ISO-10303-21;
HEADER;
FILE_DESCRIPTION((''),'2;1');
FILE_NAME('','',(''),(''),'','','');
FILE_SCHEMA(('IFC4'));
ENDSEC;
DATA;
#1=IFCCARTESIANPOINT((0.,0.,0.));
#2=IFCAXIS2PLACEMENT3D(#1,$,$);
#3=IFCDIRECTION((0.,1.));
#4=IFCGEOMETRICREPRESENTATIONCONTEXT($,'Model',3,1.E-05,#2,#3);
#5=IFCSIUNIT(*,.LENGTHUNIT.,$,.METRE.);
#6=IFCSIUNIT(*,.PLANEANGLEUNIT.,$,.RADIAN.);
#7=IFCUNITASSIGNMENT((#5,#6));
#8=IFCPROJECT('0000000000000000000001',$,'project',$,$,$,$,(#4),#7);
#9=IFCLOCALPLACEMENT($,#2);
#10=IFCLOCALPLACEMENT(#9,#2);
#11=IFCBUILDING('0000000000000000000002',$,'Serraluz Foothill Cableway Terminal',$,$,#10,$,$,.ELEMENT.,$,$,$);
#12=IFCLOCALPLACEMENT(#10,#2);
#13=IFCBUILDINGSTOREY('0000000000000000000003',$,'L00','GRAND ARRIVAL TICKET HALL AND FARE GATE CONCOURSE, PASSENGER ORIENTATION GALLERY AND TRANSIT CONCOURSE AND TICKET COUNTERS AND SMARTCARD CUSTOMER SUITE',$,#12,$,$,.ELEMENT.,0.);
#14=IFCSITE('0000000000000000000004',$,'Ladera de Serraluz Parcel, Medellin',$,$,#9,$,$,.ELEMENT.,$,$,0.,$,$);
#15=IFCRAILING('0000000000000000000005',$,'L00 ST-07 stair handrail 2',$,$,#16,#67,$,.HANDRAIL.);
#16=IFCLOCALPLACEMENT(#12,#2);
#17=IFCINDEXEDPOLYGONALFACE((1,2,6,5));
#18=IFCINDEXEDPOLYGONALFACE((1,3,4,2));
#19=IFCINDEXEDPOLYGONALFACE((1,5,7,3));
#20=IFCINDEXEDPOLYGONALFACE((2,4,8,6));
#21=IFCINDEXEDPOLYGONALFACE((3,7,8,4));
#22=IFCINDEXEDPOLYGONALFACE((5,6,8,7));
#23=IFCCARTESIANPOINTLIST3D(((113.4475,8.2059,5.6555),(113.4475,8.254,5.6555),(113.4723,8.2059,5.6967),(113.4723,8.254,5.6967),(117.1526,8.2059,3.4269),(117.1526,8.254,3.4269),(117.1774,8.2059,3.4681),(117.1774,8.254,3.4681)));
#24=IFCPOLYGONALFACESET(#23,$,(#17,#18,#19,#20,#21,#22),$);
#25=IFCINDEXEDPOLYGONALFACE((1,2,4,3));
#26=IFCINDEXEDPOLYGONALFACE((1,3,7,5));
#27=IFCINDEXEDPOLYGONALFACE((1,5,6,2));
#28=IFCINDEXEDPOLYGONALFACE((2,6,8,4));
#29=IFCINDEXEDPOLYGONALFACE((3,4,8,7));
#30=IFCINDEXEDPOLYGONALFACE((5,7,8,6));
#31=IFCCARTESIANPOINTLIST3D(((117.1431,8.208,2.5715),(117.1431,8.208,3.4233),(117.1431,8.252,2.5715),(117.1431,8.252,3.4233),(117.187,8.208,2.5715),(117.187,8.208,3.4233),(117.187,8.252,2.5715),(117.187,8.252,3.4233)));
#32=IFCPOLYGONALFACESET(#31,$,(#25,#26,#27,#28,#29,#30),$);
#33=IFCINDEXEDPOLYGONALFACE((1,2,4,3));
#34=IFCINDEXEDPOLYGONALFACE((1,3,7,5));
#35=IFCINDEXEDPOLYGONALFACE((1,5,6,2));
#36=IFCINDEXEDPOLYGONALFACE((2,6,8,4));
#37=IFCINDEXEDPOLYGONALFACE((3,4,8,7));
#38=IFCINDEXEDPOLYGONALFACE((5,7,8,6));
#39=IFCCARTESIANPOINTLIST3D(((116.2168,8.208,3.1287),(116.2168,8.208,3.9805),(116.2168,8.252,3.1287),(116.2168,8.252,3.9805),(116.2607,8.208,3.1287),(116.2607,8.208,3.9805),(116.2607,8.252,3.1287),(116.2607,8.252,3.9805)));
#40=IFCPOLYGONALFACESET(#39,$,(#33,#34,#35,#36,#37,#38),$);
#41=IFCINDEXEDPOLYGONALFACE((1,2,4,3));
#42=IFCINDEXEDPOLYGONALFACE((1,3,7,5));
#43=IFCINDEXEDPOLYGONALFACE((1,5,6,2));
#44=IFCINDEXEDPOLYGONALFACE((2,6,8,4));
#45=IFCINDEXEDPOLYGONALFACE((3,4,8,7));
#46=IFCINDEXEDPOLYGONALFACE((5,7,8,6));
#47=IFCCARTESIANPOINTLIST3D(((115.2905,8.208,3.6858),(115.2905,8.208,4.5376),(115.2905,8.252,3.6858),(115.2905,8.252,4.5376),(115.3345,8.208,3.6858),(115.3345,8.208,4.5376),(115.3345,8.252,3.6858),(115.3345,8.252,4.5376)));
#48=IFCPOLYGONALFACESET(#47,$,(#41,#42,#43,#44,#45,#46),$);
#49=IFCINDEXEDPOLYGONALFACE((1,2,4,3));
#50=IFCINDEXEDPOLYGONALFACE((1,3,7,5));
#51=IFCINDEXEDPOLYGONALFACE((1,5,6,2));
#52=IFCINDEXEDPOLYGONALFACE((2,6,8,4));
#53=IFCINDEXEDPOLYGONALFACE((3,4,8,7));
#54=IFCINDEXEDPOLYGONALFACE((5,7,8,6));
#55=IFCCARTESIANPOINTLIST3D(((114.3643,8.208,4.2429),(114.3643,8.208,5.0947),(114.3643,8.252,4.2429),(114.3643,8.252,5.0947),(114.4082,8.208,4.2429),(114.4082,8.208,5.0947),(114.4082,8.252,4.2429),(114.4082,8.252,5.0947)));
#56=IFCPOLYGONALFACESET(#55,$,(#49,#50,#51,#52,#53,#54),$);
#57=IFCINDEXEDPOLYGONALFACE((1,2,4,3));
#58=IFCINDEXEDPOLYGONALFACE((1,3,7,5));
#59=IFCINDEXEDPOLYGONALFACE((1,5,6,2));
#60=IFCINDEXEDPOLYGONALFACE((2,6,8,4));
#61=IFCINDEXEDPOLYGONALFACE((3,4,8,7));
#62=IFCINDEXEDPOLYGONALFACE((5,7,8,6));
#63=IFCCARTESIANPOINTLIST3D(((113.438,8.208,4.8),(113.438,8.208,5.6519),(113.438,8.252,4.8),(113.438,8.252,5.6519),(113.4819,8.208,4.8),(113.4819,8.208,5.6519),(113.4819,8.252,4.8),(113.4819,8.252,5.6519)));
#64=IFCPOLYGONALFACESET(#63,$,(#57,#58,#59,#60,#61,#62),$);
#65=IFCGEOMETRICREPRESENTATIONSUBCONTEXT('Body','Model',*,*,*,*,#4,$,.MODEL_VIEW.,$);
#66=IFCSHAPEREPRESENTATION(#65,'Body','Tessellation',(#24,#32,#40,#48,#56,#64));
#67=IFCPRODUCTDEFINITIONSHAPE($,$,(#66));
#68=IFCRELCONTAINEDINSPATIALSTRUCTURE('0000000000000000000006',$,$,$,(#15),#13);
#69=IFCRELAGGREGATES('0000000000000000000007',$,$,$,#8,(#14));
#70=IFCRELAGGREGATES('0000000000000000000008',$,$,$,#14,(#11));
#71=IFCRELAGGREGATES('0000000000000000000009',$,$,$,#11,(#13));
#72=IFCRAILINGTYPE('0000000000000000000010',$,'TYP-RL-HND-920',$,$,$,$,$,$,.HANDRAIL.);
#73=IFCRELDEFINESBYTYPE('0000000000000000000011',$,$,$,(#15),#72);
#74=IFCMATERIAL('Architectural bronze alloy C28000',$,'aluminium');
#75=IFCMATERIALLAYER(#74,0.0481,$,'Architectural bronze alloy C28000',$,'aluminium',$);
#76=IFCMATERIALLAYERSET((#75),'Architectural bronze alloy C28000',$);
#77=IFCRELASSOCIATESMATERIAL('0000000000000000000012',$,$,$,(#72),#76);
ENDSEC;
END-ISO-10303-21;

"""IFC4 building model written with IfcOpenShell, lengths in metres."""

from ifc_helpers import new_model, si_unit, direction, frame, origin, origin_2d, place, context, subcontext, project, spatial, rectangle, extrude, material, layer, layer_set, type_object, element, save


model = new_model("IFC4")

# Units and contexts
model_context = context("Model", 3, precision=1e-05, world=origin(), true_north=direction((0.0, 1.0)))
body_context = subcontext(model_context, "Body", "Model", "MODEL_VIEW")
ifc_project = project(units=[si_unit("LENGTHUNIT", "METRE"), si_unit("PLANEANGLEUNIT", "RADIAN")], contexts=[model_context])

# Site, building, storey
site_placement = place(None, origin())
site = spatial("IfcSite", under=ifc_project, at=site_placement, Name="Ladera de Serraluz Parcel, Medellin", CompositionType="ELEMENT", RefElevation=0.0)
building_placement = place(site_placement, origin())
building = spatial("IfcBuilding", under=site, at=building_placement, Name="Serraluz Foothill Cableway Terminal", CompositionType="ELEMENT")
storey_placement = place(building_placement, origin())
storey = spatial("IfcBuildingStorey", under=building, at=storey_placement, Name="L00", Description="GRAND ARRIVAL TICKET HALL AND FARE GATE CONCOURSE, PASSENGER ORIENTATION GALLERY AND TRANSIT CONCOURSE AND TICKET COUNTERS AND SMARTCARD CUSTOMER SUITE", CompositionType="ELEMENT", Elevation=0.0)

# Shared definitions
ifc_material_1 = material(Name="Architectural bronze alloy C28000", Category="aluminium")

# Railing
ifc_layer_1 = layer(ifc_material_1, 0.0481, Name="Architectural bronze alloy C28000", Category="aluminium")
ifc_layer_set_1 = layer_set([ifc_layer_1], Name="Architectural bronze alloy C28000")
railing_type_1 = type_object("IfcRailingType", Name="TYP-RL-HND-920", PredefinedType="HANDRAIL", material=ifc_layer_set_1)
railing_1_placement = place(storey_placement, frame((117.165, 8.23, 2.5715)))
element("IfcRailing", 1, at=railing_1_placement, inside=storey, type_object=railing_type_1, Name="L00 ST-07 stair handrail 2", PredefinedType="HANDRAIL", context=body_context, shape_type="SweptSolid", body=[
    extrude(rectangle(XDim=0.0481, YDim=0.0481, at=origin_2d()), frame((0.0, 0.0, 0.876), z_axis=(-0.856934, 0.0, 0.515425), x_axis=(0.0, -1.0, 0.0)), (0.0, 0.0, 1.0), 4.3237),
    extrude(rectangle(XDim=0.0439, YDim=0.0439, at=origin_2d()), origin(), (0.0, 0.0, 1.0), 0.8518),
    extrude(rectangle(XDim=0.0439, YDim=0.0439, at=origin_2d()), frame((-0.9263, 0.0, 0.5571)), (0.0, 0.0, 1.0), 0.8518),
    extrude(rectangle(XDim=0.0439, YDim=0.0439, at=origin_2d()), frame((-1.8525, 0.0, 1.1143)), (0.0, 0.0, 1.0), 0.8518),
    extrude(rectangle(XDim=0.0439, YDim=0.0439, at=origin_2d()), frame((-2.7788, 0.0, 1.6714)), (0.0, 0.0, 1.0), 0.8518),
    extrude(rectangle(XDim=0.0439, YDim=0.0439, at=origin_2d()), frame((-3.7051, 0.0, 2.2285)), (0.0, 0.0, 1.0), 0.8518),
])

save(model, "model.ifc")
